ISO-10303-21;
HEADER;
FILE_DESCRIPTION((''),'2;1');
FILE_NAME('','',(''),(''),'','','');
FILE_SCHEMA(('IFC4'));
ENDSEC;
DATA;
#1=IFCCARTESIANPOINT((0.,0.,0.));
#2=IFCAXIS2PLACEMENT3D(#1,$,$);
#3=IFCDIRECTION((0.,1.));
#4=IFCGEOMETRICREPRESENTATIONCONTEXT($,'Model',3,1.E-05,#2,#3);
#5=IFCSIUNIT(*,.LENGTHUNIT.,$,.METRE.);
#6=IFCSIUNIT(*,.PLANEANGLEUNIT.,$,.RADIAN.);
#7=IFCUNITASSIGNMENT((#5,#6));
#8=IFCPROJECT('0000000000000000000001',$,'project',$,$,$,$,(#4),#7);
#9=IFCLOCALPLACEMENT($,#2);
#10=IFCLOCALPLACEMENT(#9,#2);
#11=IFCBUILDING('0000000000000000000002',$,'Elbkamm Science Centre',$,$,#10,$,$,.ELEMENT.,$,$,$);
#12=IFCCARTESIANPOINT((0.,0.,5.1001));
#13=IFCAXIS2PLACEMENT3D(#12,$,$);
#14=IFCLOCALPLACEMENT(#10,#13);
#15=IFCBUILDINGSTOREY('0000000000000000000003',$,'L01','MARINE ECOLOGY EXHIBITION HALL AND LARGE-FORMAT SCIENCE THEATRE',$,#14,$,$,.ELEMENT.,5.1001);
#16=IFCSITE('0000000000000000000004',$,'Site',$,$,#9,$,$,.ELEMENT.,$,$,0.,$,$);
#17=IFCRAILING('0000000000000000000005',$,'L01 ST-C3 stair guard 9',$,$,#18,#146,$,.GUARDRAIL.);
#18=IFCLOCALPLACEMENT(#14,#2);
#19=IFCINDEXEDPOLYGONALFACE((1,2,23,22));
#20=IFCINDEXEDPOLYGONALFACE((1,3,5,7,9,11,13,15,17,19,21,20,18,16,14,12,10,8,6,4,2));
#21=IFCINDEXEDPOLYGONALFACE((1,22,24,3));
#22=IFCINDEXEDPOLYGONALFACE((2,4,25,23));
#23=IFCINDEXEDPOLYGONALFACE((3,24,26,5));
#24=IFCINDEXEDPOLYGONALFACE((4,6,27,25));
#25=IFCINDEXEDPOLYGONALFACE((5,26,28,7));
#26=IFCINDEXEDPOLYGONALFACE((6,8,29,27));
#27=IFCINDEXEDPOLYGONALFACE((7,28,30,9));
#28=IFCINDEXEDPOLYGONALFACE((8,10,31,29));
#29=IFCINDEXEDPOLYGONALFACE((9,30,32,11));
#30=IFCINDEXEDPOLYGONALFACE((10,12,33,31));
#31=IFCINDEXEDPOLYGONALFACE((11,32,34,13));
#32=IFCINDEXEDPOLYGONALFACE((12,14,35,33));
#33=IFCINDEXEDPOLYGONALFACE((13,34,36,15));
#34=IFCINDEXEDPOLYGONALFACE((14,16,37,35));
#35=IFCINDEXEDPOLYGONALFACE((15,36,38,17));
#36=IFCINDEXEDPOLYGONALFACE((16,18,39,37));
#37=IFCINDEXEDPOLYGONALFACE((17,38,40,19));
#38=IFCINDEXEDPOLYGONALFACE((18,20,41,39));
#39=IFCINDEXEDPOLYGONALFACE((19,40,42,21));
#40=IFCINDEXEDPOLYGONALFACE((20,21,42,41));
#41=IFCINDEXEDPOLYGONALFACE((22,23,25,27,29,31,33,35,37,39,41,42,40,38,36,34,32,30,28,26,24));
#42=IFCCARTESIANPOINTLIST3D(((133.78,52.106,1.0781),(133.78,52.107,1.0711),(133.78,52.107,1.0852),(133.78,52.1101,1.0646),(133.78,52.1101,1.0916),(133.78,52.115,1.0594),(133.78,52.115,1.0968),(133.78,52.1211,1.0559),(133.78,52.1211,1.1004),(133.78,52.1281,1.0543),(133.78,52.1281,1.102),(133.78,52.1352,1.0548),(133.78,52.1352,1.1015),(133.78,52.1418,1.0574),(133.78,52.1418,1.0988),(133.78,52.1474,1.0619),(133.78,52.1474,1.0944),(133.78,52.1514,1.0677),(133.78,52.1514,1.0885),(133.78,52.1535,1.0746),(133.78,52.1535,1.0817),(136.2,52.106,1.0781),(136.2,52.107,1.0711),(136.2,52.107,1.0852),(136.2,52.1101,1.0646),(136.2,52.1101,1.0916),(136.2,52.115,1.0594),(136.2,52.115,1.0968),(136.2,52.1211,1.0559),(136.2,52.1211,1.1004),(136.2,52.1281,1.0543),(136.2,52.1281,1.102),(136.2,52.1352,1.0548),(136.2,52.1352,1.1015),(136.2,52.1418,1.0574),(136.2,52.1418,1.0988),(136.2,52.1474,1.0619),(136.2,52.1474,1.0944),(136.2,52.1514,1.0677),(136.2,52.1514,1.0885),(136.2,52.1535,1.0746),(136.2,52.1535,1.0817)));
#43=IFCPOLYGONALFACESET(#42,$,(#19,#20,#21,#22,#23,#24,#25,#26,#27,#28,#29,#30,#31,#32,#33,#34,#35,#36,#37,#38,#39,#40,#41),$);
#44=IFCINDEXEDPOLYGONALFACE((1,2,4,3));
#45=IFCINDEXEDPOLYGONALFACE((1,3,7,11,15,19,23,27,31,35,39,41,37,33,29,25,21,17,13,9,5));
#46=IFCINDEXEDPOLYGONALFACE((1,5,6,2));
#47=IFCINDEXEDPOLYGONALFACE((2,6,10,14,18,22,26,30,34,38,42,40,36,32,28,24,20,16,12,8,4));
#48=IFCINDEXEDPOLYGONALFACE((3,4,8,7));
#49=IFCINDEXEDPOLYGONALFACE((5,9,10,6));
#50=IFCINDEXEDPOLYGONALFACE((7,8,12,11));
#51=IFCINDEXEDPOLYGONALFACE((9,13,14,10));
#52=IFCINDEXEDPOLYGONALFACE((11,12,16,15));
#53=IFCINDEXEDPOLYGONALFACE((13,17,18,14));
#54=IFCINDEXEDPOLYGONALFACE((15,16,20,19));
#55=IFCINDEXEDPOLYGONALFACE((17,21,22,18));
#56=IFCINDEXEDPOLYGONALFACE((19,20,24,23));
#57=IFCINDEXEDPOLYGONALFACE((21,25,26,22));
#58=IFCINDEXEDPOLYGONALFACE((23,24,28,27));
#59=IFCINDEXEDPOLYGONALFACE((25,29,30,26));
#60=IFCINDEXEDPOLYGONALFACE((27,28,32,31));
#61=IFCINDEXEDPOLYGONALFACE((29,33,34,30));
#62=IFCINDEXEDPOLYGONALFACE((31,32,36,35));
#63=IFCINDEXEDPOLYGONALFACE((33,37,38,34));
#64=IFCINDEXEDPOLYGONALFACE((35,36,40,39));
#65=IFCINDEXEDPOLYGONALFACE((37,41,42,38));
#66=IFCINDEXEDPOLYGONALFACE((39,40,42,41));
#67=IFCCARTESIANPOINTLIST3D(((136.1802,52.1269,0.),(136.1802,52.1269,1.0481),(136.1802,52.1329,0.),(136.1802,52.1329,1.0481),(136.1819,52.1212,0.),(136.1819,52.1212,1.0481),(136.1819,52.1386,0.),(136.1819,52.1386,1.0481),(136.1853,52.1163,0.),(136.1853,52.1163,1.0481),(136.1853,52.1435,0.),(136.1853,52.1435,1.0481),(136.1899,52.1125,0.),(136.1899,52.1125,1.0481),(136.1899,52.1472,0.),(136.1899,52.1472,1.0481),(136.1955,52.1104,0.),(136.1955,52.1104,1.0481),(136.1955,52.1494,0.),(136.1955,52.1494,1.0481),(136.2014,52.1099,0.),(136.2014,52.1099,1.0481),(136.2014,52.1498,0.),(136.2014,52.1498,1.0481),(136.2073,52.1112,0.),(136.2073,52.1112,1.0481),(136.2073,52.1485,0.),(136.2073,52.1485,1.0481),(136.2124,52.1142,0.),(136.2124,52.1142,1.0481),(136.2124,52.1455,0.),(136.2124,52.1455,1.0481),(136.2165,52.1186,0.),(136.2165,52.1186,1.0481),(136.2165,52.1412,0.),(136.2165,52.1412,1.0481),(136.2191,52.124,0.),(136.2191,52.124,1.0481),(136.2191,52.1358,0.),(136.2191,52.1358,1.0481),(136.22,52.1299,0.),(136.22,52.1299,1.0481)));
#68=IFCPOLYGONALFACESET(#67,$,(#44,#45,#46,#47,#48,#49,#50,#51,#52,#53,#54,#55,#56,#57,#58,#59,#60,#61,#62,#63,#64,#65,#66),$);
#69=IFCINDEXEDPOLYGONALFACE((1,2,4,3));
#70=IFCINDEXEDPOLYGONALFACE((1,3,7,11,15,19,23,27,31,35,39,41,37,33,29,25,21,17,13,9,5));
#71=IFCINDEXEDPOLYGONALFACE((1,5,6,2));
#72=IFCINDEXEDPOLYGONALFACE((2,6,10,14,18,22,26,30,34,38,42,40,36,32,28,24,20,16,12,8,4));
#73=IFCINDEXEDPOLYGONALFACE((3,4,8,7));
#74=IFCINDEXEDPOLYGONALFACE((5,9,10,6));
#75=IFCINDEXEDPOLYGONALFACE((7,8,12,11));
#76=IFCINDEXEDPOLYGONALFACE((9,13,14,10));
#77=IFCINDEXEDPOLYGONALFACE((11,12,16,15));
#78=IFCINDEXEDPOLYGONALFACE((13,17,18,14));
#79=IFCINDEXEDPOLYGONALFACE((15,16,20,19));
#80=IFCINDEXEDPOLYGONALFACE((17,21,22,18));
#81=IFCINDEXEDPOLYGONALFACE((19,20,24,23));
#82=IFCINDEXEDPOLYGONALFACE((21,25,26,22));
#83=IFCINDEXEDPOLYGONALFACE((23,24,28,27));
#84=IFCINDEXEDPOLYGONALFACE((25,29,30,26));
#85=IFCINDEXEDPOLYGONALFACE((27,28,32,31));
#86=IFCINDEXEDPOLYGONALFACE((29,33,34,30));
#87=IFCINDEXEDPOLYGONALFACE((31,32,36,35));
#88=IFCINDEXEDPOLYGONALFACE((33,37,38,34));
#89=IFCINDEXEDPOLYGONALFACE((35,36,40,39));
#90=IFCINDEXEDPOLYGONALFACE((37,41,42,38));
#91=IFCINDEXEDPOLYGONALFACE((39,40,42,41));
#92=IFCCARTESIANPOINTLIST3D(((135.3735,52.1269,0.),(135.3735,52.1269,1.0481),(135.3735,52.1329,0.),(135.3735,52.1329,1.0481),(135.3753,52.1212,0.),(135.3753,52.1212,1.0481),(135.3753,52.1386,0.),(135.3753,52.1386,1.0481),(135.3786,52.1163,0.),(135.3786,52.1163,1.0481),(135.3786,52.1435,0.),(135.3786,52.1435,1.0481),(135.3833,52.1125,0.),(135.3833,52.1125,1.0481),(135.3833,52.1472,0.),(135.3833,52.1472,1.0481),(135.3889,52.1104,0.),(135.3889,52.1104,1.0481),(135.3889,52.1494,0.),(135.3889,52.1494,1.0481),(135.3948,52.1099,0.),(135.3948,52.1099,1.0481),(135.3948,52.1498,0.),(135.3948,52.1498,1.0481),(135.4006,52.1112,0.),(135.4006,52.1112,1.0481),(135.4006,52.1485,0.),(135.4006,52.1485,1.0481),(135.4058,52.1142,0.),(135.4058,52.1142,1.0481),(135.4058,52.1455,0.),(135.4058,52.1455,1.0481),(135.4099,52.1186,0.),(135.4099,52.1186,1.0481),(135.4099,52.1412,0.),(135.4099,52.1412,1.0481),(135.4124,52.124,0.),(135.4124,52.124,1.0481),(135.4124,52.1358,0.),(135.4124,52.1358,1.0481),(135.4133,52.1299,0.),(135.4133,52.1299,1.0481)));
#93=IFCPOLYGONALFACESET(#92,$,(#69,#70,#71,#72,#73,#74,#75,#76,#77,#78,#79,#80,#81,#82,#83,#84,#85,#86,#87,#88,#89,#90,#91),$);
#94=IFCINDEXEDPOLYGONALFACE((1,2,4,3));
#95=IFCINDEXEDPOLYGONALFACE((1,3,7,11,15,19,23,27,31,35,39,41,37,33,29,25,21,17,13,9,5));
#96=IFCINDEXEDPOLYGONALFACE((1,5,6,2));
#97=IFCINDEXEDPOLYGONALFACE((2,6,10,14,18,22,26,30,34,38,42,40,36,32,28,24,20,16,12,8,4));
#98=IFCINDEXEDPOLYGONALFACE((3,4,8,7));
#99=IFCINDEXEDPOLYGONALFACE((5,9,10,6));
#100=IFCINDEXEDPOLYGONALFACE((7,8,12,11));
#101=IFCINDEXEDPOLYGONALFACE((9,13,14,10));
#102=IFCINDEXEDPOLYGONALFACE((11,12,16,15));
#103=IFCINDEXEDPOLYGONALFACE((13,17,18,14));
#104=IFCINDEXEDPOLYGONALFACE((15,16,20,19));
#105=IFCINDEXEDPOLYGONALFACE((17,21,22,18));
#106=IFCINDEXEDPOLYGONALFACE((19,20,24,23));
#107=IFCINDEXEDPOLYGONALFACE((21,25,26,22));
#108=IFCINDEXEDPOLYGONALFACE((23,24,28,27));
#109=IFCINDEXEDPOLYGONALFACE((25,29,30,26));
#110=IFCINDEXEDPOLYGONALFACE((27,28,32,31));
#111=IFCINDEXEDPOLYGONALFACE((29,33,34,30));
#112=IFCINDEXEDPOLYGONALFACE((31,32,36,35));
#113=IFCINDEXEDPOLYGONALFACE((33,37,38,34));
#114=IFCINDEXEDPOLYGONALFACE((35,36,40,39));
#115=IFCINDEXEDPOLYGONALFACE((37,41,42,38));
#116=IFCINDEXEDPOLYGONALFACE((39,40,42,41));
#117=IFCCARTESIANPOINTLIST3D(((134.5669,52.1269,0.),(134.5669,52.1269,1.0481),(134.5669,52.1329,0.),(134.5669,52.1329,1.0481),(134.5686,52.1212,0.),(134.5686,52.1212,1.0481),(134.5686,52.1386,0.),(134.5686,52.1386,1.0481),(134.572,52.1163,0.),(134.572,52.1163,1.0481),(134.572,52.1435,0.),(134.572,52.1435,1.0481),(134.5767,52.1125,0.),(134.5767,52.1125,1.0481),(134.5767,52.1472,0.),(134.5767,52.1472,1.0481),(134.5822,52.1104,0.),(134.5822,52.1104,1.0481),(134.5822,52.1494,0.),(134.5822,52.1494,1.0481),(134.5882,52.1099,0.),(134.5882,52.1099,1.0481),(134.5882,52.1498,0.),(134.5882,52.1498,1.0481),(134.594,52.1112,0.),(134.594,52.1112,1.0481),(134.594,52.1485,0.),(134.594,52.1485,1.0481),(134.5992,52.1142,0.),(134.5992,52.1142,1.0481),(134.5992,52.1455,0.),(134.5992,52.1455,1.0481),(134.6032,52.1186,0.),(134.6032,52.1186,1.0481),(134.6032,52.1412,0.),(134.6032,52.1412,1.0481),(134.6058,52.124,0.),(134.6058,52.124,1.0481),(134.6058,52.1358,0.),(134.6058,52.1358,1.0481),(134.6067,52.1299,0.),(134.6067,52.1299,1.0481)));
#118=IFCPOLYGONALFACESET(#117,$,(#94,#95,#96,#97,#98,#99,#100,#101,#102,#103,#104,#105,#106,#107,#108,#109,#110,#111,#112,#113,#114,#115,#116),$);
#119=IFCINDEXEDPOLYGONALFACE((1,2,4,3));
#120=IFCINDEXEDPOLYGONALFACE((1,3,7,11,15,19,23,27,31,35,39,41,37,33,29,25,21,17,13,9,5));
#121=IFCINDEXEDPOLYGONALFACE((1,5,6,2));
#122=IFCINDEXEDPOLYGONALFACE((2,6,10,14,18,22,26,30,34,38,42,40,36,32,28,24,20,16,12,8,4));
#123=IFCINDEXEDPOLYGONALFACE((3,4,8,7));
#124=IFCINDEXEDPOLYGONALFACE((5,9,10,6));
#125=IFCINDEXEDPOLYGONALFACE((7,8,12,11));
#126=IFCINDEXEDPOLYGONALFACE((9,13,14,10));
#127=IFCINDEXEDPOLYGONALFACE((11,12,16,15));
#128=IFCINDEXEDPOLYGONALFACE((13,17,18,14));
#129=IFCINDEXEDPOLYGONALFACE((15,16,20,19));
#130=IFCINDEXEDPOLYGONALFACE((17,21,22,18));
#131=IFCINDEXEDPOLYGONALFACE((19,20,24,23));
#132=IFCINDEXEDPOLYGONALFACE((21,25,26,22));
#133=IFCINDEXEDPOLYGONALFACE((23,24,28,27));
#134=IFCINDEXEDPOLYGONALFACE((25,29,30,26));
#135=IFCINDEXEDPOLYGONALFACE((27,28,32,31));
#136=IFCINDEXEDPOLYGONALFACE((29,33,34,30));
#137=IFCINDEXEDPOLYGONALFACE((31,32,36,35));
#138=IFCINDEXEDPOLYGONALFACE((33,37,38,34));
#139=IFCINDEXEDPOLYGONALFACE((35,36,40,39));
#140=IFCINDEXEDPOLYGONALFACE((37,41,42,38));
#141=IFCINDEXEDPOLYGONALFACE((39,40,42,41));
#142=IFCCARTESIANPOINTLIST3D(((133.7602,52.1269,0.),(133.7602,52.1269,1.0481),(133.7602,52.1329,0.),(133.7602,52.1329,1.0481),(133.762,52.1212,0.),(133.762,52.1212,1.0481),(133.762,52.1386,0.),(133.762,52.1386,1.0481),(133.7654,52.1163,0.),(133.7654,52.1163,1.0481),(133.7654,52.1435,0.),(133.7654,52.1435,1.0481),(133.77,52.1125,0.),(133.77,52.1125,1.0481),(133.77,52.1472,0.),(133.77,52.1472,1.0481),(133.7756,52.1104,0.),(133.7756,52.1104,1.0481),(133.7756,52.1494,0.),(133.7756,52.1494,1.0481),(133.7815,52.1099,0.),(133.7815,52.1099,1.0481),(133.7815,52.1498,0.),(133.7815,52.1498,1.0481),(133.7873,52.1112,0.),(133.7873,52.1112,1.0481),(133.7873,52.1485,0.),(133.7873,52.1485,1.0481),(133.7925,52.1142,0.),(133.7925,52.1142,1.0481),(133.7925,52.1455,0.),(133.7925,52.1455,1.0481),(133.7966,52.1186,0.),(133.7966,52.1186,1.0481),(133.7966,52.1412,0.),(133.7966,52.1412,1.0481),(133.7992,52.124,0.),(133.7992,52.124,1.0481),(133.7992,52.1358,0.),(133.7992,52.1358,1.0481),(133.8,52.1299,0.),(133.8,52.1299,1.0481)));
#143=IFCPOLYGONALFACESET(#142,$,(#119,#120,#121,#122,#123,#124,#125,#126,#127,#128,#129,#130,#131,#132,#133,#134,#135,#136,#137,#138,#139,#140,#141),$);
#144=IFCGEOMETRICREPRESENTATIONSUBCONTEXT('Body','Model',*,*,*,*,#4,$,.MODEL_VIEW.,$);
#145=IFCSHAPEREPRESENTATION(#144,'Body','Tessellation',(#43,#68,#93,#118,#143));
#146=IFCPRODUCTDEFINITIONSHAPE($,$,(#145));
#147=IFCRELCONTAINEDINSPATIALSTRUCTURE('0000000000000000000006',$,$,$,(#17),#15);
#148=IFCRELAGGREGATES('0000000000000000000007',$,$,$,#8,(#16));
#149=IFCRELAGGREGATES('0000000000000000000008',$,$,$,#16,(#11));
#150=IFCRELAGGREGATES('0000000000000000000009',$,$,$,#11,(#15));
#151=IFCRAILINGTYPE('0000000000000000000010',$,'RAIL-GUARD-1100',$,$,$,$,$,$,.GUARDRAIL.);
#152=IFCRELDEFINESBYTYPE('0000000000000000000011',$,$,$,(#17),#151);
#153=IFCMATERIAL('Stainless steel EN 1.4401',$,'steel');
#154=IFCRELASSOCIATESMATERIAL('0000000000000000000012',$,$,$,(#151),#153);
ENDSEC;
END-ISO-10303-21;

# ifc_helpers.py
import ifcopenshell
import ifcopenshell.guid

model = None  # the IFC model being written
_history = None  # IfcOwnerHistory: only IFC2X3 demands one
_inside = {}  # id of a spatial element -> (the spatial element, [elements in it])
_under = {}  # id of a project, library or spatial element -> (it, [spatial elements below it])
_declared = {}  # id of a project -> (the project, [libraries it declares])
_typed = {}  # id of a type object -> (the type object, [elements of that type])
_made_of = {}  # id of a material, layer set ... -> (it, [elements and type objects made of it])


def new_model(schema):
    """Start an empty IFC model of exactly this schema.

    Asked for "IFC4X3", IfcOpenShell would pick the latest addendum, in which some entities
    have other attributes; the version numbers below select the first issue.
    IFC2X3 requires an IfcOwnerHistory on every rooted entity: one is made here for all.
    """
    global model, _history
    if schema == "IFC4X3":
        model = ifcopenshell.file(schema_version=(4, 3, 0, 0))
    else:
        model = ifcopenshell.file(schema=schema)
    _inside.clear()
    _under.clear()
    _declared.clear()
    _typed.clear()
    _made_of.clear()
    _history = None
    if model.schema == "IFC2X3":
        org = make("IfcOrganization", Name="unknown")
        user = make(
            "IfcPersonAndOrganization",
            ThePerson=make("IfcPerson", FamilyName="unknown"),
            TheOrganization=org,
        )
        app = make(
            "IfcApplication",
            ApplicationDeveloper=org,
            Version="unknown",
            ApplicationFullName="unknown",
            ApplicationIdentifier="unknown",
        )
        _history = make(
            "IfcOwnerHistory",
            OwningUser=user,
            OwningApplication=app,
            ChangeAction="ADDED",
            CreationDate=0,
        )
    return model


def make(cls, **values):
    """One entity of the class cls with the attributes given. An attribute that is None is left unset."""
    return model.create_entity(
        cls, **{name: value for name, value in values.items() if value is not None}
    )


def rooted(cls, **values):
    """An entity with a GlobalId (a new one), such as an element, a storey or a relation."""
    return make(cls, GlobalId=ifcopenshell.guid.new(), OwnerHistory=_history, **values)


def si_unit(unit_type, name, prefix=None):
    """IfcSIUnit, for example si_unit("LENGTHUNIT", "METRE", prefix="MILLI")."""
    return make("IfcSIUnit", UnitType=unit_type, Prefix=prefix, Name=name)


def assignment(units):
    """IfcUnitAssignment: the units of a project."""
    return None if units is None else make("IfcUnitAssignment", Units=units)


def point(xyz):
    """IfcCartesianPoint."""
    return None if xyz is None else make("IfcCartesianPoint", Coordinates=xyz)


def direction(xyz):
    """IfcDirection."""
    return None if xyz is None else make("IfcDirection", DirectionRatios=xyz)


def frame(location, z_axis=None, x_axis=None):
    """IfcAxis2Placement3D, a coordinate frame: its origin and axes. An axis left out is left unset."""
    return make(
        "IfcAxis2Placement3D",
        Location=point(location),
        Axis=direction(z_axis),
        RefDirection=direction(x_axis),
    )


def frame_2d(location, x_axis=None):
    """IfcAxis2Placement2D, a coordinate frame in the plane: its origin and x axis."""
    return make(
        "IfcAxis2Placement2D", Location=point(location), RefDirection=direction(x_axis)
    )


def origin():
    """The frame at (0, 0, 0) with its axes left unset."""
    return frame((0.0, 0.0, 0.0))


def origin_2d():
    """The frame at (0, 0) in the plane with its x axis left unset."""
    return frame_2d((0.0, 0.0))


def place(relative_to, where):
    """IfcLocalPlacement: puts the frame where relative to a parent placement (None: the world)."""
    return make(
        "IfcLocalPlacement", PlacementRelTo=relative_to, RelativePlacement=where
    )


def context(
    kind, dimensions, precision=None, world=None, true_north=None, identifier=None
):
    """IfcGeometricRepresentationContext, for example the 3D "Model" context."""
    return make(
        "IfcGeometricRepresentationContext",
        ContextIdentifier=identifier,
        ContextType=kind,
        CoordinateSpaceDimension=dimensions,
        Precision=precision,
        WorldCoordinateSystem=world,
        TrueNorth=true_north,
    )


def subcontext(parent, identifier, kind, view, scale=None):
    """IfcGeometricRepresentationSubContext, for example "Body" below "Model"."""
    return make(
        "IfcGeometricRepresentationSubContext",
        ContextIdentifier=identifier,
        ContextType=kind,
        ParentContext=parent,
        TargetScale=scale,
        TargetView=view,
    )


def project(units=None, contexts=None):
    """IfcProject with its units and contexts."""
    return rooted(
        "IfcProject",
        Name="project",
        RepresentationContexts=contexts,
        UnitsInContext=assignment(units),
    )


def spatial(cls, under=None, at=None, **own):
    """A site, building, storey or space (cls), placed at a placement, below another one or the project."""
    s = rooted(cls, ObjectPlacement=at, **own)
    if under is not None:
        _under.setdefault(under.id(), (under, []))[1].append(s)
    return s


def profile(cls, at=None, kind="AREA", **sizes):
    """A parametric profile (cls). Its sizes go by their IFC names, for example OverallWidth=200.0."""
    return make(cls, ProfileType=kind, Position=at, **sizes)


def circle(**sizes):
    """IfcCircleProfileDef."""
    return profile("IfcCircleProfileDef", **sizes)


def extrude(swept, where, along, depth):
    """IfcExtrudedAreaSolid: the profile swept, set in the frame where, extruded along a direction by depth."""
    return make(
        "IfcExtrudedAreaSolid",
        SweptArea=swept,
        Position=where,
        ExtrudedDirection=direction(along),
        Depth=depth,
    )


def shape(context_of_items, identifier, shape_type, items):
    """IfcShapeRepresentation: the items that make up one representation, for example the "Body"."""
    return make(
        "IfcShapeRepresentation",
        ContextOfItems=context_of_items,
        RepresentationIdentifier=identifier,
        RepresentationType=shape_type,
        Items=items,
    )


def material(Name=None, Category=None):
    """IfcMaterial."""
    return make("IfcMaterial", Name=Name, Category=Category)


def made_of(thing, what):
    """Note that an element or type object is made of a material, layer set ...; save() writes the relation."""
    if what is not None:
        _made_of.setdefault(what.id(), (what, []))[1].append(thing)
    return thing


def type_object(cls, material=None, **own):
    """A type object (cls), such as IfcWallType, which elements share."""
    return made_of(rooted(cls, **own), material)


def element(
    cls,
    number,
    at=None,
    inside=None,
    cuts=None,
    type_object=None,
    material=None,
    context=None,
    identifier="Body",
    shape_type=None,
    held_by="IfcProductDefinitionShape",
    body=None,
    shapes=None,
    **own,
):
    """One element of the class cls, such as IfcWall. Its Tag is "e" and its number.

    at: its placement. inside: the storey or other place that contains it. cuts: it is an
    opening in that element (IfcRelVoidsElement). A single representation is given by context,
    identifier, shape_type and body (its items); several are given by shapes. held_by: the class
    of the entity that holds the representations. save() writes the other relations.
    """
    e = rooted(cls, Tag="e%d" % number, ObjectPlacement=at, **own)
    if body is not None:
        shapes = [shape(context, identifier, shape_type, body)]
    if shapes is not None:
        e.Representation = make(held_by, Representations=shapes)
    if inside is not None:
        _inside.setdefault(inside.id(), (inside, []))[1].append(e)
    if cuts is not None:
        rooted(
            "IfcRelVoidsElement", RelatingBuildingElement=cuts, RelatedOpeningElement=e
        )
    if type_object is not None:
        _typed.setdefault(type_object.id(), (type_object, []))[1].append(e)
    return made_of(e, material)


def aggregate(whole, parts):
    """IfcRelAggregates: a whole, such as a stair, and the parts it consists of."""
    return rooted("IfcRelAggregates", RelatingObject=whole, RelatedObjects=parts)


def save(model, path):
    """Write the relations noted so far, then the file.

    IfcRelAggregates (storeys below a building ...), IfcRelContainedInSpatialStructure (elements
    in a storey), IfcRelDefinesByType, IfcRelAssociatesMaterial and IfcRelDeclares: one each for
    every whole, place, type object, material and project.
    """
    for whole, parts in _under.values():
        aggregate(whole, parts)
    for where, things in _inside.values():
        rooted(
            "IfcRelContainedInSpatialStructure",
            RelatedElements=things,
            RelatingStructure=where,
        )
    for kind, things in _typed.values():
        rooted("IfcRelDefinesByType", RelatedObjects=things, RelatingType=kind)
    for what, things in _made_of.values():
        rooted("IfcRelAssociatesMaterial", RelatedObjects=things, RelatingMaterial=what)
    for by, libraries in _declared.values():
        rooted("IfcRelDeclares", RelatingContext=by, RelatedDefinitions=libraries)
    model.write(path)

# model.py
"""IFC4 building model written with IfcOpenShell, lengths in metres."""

from ifc_helpers import new_model, si_unit, direction, frame, origin, origin_2d, place, context, subcontext, project, spatial, circle, extrude, material, type_object, element, save


model = new_model("IFC4")

# Units and contexts
model_context = context("Model", 3, precision=1e-05, world=origin(), true_north=direction((0.0, 1.0)))
body_context = subcontext(model_context, "Body", "Model", "MODEL_VIEW")
ifc_project = project(units=[si_unit("LENGTHUNIT", "METRE"), si_unit("PLANEANGLEUNIT", "RADIAN")], contexts=[model_context])

# Site, building, storey
site_placement = place(None, origin())
site = spatial("IfcSite", under=ifc_project, at=site_placement, Name="Site", CompositionType="ELEMENT", RefElevation=0.0)
building_placement = place(site_placement, origin())
building = spatial("IfcBuilding", under=site, at=building_placement, Name="Elbkamm Science Centre", CompositionType="ELEMENT")
storey_placement = place(building_placement, frame((0.0, 0.0, 5.1001)))
storey = spatial("IfcBuildingStorey", under=building, at=storey_placement, Name="L01", Description="MARINE ECOLOGY EXHIBITION HALL AND LARGE-FORMAT SCIENCE THEATRE", CompositionType="ELEMENT", Elevation=5.1001)

# Railing
ifc_material_1 = material(Name="Stainless steel EN 1.4401", Category="steel")
railing_type = type_object("IfcRailingType", Name="RAIL-GUARD-1100", PredefinedType="GUARDRAIL", material=ifc_material_1)
for number, where, name in (
    (1, (136.2, 52.1299, 0.0), "L01 ST-C3 stair guard 9"),
):
    element("IfcRailing", number, at=place(storey_placement, frame(where)), inside=storey, type_object=railing_type, Name=name, PredefinedType="GUARDRAIL", context=body_context, shape_type="SweptSolid", body=[
        extrude(circle(Radius=0.0239, at=origin_2d()), frame((0.0, 0.0, 1.0781), z_axis=(-1.0, 0.0, 0.0), x_axis=(0.0, -1.0, 0.0)), (0.0, 0.0, 1.0), 2.4199),
        extrude(circle(Radius=0.02, at=origin_2d()), origin(), (0.0, 0.0, 1.0), 1.0481),
        extrude(circle(Radius=0.02, at=origin_2d()), frame((-0.8066, 0.0, 0.0)), (0.0, 0.0, 1.0), 1.0481),
        extrude(circle(Radius=0.02, at=origin_2d()), frame((-1.6133, 0.0, 0.0)), (0.0, 0.0, 1.0), 1.0481),
        extrude(circle(Radius=0.02, at=origin_2d()), frame((-2.4199, 0.0, 0.0)), (0.0, 0.0, 1.0), 1.0481),
    ])

save(model, "model.ifc")
